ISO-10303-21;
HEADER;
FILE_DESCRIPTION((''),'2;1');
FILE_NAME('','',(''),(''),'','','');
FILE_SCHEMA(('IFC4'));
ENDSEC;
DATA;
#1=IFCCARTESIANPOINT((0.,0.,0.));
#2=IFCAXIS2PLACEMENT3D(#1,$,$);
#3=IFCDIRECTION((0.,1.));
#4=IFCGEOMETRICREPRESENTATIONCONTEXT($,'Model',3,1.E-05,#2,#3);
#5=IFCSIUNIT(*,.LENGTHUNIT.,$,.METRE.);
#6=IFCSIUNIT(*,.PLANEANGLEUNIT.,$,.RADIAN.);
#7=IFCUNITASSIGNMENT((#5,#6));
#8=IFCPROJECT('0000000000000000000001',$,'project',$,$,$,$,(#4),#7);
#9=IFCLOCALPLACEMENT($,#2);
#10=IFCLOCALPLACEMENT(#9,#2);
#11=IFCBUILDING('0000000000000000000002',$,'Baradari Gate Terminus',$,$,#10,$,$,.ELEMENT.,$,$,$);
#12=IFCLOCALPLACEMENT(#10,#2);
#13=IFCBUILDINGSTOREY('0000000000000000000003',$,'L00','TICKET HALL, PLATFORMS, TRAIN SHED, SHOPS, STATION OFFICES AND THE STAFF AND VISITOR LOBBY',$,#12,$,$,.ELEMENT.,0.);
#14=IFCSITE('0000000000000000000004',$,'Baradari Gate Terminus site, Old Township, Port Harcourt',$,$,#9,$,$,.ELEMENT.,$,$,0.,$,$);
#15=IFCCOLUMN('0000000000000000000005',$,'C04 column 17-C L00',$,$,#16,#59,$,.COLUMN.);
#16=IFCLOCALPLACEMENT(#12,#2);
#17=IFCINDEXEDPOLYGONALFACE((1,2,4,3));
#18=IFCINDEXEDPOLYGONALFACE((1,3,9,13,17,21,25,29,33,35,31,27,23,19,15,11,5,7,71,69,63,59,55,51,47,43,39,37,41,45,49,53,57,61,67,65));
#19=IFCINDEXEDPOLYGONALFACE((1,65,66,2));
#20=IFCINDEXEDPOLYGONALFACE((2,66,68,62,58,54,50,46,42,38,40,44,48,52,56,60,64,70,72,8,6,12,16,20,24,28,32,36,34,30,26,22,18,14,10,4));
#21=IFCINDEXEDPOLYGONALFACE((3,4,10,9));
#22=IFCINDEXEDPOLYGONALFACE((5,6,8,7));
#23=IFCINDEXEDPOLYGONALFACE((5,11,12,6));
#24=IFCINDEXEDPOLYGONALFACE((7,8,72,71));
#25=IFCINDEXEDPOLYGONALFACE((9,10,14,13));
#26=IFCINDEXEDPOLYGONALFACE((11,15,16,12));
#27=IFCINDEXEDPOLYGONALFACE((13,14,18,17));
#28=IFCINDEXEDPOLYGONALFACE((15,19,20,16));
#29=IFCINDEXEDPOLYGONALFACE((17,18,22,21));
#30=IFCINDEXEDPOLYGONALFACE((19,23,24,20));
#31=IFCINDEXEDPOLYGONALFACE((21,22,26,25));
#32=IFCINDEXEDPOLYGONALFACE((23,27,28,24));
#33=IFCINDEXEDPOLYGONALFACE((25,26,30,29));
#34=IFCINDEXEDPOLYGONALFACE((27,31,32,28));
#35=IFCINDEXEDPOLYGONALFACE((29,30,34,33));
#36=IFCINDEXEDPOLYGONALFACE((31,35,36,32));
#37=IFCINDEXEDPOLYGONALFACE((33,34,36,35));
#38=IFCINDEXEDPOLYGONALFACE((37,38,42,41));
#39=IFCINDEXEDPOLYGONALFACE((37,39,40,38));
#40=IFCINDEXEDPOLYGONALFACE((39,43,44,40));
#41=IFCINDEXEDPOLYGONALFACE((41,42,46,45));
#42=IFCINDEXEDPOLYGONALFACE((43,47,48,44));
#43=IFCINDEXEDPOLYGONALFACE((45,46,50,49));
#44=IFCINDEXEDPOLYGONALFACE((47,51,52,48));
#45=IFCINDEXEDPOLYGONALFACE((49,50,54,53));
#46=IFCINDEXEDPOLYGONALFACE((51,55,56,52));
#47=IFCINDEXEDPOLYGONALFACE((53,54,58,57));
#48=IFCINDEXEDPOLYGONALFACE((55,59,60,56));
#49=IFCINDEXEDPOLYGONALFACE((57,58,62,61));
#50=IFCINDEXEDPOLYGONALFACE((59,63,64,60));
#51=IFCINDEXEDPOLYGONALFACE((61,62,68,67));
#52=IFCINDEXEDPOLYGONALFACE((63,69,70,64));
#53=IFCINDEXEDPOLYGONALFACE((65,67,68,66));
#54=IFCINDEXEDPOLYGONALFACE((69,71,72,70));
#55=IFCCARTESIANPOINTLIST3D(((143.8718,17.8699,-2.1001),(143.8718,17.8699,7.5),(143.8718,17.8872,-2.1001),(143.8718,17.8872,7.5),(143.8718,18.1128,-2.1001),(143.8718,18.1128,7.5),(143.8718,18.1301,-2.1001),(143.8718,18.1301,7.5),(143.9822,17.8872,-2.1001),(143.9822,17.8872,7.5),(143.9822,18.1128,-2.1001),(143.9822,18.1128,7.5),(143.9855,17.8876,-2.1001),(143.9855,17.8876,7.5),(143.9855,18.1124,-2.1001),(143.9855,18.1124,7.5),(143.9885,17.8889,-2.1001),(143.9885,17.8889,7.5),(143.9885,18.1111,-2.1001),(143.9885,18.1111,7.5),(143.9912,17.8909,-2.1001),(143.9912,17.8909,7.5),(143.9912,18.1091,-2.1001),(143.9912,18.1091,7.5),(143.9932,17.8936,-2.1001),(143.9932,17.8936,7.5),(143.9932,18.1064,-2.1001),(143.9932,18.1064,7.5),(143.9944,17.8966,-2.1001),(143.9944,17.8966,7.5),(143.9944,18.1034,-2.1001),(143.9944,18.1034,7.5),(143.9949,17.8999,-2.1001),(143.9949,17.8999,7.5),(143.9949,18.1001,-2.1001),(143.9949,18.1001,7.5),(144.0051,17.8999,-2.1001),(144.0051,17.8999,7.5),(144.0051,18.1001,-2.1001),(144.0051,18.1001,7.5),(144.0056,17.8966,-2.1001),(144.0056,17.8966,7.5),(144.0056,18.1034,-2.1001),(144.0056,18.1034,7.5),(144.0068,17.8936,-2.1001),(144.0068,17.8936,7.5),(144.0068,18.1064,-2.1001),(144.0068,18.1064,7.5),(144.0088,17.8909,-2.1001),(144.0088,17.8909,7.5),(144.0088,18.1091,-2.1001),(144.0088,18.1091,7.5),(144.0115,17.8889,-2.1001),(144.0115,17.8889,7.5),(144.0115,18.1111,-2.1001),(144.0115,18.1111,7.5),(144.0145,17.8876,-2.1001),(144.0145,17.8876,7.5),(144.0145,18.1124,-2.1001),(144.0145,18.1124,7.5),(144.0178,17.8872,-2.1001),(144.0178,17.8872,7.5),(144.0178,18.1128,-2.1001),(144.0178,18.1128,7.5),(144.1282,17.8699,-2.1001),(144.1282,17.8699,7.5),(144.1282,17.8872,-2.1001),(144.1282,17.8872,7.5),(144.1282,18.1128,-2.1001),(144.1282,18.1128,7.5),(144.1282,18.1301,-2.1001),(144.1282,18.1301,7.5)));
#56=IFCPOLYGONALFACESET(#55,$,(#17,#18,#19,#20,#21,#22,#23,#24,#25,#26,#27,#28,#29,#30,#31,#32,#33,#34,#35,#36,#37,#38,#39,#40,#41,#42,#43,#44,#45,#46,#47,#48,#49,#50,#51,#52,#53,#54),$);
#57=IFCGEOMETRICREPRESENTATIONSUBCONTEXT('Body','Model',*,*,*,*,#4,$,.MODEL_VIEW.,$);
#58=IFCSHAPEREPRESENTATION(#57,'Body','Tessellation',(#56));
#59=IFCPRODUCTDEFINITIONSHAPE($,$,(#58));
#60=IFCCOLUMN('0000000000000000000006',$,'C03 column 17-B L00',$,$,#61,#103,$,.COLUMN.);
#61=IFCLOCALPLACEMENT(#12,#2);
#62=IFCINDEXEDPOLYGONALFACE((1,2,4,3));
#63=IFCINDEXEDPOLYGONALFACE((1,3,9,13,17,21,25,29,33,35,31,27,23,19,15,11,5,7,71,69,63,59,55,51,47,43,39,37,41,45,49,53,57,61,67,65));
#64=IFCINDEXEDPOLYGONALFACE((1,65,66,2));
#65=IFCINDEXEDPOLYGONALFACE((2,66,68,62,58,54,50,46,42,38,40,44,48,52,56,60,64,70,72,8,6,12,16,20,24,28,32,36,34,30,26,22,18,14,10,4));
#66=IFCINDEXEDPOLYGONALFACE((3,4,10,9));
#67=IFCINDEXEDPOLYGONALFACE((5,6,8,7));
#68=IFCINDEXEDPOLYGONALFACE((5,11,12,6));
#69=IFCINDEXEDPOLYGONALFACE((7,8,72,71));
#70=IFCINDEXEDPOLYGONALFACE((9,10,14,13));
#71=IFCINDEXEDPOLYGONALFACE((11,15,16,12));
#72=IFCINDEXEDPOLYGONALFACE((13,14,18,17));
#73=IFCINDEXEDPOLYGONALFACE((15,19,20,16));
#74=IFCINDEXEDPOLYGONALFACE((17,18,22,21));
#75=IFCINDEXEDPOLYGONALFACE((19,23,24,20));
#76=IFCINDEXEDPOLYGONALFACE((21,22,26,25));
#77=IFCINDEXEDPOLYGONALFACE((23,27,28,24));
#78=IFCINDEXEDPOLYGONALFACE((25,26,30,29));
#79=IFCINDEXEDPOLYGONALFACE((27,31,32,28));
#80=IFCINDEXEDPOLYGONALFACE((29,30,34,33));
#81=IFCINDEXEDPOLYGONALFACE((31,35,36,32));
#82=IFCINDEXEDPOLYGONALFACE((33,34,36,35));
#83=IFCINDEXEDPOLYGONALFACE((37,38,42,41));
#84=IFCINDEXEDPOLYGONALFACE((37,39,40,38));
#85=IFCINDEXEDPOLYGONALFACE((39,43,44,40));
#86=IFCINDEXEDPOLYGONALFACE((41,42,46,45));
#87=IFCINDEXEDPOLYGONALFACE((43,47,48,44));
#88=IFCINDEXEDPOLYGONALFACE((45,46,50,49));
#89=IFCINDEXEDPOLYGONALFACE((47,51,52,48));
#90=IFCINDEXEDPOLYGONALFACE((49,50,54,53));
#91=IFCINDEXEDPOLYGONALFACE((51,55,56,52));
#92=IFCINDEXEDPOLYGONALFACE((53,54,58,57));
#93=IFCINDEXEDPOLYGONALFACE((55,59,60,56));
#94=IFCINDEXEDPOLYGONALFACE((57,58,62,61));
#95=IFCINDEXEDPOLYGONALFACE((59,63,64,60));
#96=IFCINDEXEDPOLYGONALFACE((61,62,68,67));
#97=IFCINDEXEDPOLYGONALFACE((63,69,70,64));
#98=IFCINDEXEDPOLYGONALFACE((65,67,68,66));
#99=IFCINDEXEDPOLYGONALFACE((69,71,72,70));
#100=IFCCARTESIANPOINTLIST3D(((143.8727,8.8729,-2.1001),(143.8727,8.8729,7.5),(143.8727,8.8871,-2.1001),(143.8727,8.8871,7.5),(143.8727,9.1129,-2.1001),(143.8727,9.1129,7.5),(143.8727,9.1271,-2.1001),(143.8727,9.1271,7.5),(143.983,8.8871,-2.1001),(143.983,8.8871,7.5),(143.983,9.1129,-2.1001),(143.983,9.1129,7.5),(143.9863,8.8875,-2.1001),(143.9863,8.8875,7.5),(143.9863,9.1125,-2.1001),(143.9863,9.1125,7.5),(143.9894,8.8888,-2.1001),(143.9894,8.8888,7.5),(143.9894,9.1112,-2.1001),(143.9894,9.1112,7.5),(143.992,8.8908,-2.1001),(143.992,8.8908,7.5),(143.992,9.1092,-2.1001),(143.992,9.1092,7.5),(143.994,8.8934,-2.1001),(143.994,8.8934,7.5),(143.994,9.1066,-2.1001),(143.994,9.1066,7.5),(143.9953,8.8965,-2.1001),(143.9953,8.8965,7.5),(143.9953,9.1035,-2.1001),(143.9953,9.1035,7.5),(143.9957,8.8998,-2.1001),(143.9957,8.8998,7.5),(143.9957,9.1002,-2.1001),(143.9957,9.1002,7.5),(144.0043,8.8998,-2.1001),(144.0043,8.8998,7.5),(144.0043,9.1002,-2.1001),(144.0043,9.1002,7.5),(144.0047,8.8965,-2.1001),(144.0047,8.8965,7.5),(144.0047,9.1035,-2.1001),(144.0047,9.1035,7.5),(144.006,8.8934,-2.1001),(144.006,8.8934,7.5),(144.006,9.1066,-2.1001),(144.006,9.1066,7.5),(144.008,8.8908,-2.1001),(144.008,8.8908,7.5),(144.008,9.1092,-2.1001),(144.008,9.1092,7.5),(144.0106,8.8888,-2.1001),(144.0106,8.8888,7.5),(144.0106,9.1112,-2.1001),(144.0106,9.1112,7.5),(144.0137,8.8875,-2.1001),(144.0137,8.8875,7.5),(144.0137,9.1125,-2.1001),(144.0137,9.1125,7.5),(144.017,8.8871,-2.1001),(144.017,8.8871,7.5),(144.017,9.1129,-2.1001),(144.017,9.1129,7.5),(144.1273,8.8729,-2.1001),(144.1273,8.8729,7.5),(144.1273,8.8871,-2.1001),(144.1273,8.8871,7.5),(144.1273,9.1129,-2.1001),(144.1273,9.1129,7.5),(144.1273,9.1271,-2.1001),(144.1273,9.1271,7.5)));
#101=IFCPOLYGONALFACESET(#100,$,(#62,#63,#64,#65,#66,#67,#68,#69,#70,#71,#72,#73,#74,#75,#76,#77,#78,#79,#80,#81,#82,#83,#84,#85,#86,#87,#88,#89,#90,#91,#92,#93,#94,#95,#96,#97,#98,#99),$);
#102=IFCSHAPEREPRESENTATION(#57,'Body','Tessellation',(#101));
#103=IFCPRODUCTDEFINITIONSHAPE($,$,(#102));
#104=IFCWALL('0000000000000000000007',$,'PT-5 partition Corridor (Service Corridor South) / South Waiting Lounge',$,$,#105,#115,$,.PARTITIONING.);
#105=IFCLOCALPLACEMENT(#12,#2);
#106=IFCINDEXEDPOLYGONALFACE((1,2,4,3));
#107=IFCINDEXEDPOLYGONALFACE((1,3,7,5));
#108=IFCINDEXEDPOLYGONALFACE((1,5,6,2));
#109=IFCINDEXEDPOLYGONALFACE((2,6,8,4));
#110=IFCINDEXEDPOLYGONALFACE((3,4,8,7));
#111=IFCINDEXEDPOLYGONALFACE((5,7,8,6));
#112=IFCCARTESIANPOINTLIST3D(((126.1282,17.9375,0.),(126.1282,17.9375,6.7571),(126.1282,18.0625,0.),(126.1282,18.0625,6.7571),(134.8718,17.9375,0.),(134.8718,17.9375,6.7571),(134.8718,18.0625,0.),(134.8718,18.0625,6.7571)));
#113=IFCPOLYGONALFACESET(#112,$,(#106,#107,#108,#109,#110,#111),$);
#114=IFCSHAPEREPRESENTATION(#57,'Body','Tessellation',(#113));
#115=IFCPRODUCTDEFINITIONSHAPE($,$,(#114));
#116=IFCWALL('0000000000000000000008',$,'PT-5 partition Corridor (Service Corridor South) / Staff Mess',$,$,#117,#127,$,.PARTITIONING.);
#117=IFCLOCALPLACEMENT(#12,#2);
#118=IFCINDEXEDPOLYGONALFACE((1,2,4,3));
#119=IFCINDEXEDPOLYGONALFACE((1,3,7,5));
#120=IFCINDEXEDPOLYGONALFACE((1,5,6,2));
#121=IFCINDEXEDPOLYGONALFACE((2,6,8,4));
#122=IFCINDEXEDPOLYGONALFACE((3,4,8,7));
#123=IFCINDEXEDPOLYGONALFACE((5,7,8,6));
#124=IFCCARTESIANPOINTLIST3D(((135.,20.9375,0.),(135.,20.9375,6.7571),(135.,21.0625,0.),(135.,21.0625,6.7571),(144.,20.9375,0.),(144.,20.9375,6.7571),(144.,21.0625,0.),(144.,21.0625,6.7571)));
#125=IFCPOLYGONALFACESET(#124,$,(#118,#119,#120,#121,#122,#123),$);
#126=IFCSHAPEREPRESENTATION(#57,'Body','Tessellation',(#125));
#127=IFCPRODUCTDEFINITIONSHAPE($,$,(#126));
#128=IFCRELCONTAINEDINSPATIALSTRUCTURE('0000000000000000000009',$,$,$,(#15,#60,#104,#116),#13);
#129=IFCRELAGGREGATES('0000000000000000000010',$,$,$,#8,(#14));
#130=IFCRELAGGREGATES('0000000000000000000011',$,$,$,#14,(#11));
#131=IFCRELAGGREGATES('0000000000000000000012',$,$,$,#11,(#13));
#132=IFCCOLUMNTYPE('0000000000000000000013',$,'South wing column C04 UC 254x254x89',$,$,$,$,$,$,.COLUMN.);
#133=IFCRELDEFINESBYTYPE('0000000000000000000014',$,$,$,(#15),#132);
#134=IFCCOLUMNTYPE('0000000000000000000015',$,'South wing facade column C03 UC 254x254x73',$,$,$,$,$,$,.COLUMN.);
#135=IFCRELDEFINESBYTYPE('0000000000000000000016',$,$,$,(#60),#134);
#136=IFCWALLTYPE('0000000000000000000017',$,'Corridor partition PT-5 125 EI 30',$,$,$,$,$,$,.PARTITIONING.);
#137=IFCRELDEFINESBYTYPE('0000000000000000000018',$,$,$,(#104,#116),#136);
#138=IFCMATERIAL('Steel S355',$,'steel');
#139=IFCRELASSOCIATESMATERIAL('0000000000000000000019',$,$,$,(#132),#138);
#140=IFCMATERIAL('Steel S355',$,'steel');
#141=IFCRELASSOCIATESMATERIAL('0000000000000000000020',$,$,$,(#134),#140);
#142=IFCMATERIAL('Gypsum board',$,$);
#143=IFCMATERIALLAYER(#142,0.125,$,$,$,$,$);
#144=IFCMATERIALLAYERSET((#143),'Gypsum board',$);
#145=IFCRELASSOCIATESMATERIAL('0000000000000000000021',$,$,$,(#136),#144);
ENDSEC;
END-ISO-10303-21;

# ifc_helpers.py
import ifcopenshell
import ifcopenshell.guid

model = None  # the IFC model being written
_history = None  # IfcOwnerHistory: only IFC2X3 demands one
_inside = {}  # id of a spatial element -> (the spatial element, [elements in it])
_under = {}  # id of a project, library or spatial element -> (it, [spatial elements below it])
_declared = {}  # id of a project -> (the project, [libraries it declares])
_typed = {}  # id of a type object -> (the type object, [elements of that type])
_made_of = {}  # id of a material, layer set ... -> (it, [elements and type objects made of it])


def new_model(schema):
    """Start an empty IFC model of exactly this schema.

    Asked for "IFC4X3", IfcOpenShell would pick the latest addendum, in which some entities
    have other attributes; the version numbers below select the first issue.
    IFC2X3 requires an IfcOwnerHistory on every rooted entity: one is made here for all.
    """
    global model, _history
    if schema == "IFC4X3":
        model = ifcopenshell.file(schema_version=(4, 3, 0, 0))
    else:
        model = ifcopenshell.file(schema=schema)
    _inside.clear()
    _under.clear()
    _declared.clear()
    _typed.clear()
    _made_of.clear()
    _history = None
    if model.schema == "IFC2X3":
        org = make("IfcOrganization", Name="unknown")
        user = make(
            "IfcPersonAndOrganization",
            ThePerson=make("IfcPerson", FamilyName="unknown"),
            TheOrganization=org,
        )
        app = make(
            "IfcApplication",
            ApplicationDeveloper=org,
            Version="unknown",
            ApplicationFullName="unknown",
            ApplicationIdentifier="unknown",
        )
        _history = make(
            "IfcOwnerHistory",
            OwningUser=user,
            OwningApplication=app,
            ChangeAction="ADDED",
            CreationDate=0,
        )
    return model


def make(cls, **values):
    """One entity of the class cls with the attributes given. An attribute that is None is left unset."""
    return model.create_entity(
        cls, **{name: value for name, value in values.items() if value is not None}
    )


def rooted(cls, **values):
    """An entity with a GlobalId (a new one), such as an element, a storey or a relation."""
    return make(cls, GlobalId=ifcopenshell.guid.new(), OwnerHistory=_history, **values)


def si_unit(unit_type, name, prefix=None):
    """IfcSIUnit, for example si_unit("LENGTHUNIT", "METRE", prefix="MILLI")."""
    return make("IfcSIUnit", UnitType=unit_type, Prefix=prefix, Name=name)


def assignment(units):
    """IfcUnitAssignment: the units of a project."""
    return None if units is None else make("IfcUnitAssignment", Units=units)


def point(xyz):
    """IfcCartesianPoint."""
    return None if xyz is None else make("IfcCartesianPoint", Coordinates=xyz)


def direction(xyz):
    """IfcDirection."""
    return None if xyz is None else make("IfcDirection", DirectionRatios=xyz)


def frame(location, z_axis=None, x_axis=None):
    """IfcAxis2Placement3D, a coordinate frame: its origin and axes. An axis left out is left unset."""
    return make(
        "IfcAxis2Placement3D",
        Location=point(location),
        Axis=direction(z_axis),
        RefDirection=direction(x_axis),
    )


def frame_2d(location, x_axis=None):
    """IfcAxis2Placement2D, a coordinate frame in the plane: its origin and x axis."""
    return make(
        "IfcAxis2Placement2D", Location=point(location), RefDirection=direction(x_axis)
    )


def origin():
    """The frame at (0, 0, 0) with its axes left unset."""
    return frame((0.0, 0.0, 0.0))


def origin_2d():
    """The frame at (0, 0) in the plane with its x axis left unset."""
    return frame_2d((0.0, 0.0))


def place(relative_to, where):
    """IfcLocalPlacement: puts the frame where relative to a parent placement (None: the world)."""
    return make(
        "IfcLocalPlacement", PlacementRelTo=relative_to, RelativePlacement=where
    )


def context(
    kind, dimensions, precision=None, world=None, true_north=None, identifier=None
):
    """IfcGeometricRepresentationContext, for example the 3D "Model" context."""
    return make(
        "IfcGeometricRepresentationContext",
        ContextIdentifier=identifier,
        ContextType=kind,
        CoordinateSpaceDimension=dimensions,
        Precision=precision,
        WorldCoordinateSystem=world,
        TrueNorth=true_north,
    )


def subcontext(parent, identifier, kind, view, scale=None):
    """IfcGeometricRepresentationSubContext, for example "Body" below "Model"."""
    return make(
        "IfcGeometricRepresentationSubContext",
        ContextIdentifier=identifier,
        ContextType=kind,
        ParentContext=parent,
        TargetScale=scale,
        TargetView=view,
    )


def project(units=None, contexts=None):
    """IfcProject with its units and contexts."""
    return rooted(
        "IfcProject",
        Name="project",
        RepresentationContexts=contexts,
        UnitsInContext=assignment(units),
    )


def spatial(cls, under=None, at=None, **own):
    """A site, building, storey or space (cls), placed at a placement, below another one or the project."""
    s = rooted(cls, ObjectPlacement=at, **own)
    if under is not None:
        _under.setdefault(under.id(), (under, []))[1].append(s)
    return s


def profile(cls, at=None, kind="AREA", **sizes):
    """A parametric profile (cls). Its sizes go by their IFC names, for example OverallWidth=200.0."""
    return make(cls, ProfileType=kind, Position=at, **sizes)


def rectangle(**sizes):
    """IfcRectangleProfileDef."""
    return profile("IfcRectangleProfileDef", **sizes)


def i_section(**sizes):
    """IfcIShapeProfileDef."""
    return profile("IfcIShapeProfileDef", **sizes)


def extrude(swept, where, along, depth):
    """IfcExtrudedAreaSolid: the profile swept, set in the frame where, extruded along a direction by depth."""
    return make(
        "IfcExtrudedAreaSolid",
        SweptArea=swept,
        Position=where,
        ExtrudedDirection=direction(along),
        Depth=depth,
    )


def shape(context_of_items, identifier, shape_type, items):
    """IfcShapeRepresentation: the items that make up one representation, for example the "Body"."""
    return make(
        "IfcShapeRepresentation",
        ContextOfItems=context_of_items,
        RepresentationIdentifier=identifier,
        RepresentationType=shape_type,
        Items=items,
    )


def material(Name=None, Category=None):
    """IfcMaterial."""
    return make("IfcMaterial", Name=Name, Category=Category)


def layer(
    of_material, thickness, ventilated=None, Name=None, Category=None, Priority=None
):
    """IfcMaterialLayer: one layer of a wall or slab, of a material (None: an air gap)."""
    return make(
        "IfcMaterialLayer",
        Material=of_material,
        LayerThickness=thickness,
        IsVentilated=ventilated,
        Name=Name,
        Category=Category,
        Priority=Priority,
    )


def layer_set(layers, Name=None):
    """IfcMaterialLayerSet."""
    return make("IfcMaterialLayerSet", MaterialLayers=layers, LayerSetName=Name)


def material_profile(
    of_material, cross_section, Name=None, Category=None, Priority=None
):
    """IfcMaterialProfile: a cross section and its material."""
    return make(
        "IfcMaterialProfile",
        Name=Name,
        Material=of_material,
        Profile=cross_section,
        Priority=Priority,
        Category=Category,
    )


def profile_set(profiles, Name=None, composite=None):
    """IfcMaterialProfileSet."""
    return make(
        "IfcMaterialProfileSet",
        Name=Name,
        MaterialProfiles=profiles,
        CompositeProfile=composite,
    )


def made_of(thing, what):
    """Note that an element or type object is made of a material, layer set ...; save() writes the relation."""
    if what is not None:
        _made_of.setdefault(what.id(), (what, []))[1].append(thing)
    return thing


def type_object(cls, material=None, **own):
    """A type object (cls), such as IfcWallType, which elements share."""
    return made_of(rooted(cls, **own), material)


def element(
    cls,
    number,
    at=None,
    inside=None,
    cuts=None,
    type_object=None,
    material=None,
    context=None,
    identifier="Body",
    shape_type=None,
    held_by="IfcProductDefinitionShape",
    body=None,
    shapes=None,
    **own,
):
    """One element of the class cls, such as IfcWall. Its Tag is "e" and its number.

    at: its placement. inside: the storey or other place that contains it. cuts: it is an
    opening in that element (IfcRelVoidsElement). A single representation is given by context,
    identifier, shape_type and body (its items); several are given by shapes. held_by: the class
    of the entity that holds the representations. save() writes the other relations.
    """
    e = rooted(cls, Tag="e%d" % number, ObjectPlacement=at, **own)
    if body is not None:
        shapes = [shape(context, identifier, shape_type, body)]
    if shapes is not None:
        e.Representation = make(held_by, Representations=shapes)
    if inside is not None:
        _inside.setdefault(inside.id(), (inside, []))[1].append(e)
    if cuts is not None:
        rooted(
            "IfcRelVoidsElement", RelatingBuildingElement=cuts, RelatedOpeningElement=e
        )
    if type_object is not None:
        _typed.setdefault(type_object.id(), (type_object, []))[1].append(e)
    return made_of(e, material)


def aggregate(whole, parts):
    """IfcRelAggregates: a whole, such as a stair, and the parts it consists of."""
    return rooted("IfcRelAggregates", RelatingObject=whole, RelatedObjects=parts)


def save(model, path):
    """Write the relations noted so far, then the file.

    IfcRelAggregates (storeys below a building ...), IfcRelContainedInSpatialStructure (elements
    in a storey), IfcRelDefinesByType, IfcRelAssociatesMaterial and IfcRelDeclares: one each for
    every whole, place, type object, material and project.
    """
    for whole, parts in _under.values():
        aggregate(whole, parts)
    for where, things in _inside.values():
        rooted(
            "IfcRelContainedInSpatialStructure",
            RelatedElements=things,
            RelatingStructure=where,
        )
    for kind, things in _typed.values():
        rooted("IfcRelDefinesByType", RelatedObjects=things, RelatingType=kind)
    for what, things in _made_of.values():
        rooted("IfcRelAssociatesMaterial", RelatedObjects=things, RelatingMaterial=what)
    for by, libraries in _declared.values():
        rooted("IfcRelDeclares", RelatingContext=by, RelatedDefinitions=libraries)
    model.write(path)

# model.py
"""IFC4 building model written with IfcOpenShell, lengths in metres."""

from ifc_helpers import new_model, si_unit, direction, frame, frame_2d, origin, origin_2d, place, context, subcontext, project, spatial, rectangle, i_section, extrude, material, layer, layer_set, material_profile, profile_set, type_object, element, save


model = new_model("IFC4")

# Units and contexts
model_context = context("Model", 3, precision=1e-05, world=origin(), true_north=direction((0.0, 1.0)))
body_context = subcontext(model_context, "Body", "Model", "MODEL_VIEW")
ifc_project = project(units=[si_unit("LENGTHUNIT", "METRE"), si_unit("PLANEANGLEUNIT", "RADIAN")], contexts=[model_context])

# Site, building, storey
site_placement = place(None, origin())
site = spatial("IfcSite", under=ifc_project, at=site_placement, Name="Baradari Gate Terminus site, Old Township, Port Harcourt", CompositionType="ELEMENT", RefElevation=0.0)
building_placement = place(site_placement, origin())
building = spatial("IfcBuilding", under=site, at=building_placement, Name="Baradari Gate Terminus", CompositionType="ELEMENT")
storey_placement = place(building_placement, origin())
storey = spatial("IfcBuildingStorey", under=building, at=storey_placement, Name="L00", Description="TICKET HALL, PLATFORMS, TRAIN SHED, SHOPS, STATION OFFICES AND THE STAFF AND VISITOR LOBBY", CompositionType="ELEMENT", Elevation=0.0)

# Columns
ifc_material_1 = material(Name="Steel S355", Category="steel")
ifc_material_profile_1 = material_profile(ifc_material_1, i_section(OverallWidth=0.2563, OverallDepth=0.2603, WebThickness=0.0103, FlangeThickness=0.0173, FilletRadius=0.0127, at=origin_2d()), Name="UC 254x254x89")
ifc_profile_set_1 = profile_set([ifc_material_profile_1], Name="Steel S355")
column_type_1 = type_object("IfcColumnType", Name="South wing column C04 UC 254x254x89", PredefinedType="COLUMN", material=ifc_profile_set_1)
for number, where, z_axis, x_axis, name in (
    (1, (144.0, 18.0, -2.1001), (0.0, 0.0, 1.0), (1.0, 0.0, 0.0), "C04 column 17-C L00"),
):
    element("IfcColumn", number, at=place(storey_placement, frame(where, z_axis=z_axis, x_axis=x_axis)), inside=storey, type_object=column_type_1, Name=name, PredefinedType="COLUMN", context=body_context, shape_type="SweptSolid", body=[
        extrude(i_section(OverallWidth=0.2563, OverallDepth=0.2603, WebThickness=0.0103, FlangeThickness=0.0173, FilletRadius=0.0127, at=origin_2d()), origin(), (0.0, 0.0, 1.0), 9.6001),
    ])
ifc_material_2 = material(Name="Steel S355", Category="steel")
ifc_material_profile_2 = material_profile(ifc_material_2, i_section(OverallWidth=0.2546, OverallDepth=0.2542, WebThickness=0.0085, FlangeThickness=0.0142, FilletRadius=0.0127, at=origin_2d()), Name="UC 254x254x73")
ifc_profile_set_2 = profile_set([ifc_material_profile_2], Name="Steel S355")
column_type_2 = type_object("IfcColumnType", Name="South wing facade column C03 UC 254x254x73", PredefinedType="COLUMN", material=ifc_profile_set_2)
column_placement = place(storey_placement, frame((144.0, 9.0, -2.1001), z_axis=(0.0, 0.0, 1.0), x_axis=(1.0, 0.0, 0.0)))
element("IfcColumn", 2, at=column_placement, inside=storey, type_object=column_type_2, Name="C03 column 17-B L00", PredefinedType="COLUMN", context=body_context, shape_type="SweptSolid", body=[
    extrude(i_section(OverallWidth=0.2546, OverallDepth=0.2542, WebThickness=0.0085, FlangeThickness=0.0142, FilletRadius=0.0127, at=origin_2d()), origin(), (0.0, 0.0, 1.0), 9.6001),
])

# Walls
ifc_material_3 = material(Name="Gypsum board")
ifc_layer_1 = layer(ifc_material_3, 0.125)
ifc_layer_set_1 = layer_set([ifc_layer_1], Name="Gypsum board")
wall_type_1 = type_object("IfcWallType", Name="Corridor partition PT-5 125 EI 30", PredefinedType="PARTITIONING", material=ifc_layer_set_1)
wall_1_placement = place(storey_placement, frame((134.8718, 18.0, 0.0), z_axis=(0.0, 0.0, 1.0), x_axis=(-1.0, 0.0, 0.0)))
element("IfcWall", 3, at=wall_1_placement, inside=storey, type_object=wall_type_1, Name="PT-5 partition Corridor (Service Corridor South) / South Waiting Lounge", PredefinedType="PARTITIONING", context=body_context, shape_type="SweptSolid", body=[
    extrude(rectangle(XDim=8.7437, YDim=0.125, at=frame_2d((4.3718, 0.0))), origin(), (0.0, 0.0, 1.0), 6.7571),
])
wall_2_placement = place(storey_placement, frame((135.0, 21.0, 0.0), z_axis=(0.0, 0.0, 1.0), x_axis=(1.0, 0.0, 0.0)))
element("IfcWall", 4, at=wall_2_placement, inside=storey, type_object=wall_type_1, Name="PT-5 partition Corridor (Service Corridor South) / Staff Mess", PredefinedType="PARTITIONING", context=body_context, shape_type="SweptSolid", body=[
    extrude(rectangle(XDim=9.0, YDim=0.125, at=frame_2d((4.5, 0.0))), origin(), (0.0, 0.0, 1.0), 6.7571),
])

save(model, "model.ifc")
